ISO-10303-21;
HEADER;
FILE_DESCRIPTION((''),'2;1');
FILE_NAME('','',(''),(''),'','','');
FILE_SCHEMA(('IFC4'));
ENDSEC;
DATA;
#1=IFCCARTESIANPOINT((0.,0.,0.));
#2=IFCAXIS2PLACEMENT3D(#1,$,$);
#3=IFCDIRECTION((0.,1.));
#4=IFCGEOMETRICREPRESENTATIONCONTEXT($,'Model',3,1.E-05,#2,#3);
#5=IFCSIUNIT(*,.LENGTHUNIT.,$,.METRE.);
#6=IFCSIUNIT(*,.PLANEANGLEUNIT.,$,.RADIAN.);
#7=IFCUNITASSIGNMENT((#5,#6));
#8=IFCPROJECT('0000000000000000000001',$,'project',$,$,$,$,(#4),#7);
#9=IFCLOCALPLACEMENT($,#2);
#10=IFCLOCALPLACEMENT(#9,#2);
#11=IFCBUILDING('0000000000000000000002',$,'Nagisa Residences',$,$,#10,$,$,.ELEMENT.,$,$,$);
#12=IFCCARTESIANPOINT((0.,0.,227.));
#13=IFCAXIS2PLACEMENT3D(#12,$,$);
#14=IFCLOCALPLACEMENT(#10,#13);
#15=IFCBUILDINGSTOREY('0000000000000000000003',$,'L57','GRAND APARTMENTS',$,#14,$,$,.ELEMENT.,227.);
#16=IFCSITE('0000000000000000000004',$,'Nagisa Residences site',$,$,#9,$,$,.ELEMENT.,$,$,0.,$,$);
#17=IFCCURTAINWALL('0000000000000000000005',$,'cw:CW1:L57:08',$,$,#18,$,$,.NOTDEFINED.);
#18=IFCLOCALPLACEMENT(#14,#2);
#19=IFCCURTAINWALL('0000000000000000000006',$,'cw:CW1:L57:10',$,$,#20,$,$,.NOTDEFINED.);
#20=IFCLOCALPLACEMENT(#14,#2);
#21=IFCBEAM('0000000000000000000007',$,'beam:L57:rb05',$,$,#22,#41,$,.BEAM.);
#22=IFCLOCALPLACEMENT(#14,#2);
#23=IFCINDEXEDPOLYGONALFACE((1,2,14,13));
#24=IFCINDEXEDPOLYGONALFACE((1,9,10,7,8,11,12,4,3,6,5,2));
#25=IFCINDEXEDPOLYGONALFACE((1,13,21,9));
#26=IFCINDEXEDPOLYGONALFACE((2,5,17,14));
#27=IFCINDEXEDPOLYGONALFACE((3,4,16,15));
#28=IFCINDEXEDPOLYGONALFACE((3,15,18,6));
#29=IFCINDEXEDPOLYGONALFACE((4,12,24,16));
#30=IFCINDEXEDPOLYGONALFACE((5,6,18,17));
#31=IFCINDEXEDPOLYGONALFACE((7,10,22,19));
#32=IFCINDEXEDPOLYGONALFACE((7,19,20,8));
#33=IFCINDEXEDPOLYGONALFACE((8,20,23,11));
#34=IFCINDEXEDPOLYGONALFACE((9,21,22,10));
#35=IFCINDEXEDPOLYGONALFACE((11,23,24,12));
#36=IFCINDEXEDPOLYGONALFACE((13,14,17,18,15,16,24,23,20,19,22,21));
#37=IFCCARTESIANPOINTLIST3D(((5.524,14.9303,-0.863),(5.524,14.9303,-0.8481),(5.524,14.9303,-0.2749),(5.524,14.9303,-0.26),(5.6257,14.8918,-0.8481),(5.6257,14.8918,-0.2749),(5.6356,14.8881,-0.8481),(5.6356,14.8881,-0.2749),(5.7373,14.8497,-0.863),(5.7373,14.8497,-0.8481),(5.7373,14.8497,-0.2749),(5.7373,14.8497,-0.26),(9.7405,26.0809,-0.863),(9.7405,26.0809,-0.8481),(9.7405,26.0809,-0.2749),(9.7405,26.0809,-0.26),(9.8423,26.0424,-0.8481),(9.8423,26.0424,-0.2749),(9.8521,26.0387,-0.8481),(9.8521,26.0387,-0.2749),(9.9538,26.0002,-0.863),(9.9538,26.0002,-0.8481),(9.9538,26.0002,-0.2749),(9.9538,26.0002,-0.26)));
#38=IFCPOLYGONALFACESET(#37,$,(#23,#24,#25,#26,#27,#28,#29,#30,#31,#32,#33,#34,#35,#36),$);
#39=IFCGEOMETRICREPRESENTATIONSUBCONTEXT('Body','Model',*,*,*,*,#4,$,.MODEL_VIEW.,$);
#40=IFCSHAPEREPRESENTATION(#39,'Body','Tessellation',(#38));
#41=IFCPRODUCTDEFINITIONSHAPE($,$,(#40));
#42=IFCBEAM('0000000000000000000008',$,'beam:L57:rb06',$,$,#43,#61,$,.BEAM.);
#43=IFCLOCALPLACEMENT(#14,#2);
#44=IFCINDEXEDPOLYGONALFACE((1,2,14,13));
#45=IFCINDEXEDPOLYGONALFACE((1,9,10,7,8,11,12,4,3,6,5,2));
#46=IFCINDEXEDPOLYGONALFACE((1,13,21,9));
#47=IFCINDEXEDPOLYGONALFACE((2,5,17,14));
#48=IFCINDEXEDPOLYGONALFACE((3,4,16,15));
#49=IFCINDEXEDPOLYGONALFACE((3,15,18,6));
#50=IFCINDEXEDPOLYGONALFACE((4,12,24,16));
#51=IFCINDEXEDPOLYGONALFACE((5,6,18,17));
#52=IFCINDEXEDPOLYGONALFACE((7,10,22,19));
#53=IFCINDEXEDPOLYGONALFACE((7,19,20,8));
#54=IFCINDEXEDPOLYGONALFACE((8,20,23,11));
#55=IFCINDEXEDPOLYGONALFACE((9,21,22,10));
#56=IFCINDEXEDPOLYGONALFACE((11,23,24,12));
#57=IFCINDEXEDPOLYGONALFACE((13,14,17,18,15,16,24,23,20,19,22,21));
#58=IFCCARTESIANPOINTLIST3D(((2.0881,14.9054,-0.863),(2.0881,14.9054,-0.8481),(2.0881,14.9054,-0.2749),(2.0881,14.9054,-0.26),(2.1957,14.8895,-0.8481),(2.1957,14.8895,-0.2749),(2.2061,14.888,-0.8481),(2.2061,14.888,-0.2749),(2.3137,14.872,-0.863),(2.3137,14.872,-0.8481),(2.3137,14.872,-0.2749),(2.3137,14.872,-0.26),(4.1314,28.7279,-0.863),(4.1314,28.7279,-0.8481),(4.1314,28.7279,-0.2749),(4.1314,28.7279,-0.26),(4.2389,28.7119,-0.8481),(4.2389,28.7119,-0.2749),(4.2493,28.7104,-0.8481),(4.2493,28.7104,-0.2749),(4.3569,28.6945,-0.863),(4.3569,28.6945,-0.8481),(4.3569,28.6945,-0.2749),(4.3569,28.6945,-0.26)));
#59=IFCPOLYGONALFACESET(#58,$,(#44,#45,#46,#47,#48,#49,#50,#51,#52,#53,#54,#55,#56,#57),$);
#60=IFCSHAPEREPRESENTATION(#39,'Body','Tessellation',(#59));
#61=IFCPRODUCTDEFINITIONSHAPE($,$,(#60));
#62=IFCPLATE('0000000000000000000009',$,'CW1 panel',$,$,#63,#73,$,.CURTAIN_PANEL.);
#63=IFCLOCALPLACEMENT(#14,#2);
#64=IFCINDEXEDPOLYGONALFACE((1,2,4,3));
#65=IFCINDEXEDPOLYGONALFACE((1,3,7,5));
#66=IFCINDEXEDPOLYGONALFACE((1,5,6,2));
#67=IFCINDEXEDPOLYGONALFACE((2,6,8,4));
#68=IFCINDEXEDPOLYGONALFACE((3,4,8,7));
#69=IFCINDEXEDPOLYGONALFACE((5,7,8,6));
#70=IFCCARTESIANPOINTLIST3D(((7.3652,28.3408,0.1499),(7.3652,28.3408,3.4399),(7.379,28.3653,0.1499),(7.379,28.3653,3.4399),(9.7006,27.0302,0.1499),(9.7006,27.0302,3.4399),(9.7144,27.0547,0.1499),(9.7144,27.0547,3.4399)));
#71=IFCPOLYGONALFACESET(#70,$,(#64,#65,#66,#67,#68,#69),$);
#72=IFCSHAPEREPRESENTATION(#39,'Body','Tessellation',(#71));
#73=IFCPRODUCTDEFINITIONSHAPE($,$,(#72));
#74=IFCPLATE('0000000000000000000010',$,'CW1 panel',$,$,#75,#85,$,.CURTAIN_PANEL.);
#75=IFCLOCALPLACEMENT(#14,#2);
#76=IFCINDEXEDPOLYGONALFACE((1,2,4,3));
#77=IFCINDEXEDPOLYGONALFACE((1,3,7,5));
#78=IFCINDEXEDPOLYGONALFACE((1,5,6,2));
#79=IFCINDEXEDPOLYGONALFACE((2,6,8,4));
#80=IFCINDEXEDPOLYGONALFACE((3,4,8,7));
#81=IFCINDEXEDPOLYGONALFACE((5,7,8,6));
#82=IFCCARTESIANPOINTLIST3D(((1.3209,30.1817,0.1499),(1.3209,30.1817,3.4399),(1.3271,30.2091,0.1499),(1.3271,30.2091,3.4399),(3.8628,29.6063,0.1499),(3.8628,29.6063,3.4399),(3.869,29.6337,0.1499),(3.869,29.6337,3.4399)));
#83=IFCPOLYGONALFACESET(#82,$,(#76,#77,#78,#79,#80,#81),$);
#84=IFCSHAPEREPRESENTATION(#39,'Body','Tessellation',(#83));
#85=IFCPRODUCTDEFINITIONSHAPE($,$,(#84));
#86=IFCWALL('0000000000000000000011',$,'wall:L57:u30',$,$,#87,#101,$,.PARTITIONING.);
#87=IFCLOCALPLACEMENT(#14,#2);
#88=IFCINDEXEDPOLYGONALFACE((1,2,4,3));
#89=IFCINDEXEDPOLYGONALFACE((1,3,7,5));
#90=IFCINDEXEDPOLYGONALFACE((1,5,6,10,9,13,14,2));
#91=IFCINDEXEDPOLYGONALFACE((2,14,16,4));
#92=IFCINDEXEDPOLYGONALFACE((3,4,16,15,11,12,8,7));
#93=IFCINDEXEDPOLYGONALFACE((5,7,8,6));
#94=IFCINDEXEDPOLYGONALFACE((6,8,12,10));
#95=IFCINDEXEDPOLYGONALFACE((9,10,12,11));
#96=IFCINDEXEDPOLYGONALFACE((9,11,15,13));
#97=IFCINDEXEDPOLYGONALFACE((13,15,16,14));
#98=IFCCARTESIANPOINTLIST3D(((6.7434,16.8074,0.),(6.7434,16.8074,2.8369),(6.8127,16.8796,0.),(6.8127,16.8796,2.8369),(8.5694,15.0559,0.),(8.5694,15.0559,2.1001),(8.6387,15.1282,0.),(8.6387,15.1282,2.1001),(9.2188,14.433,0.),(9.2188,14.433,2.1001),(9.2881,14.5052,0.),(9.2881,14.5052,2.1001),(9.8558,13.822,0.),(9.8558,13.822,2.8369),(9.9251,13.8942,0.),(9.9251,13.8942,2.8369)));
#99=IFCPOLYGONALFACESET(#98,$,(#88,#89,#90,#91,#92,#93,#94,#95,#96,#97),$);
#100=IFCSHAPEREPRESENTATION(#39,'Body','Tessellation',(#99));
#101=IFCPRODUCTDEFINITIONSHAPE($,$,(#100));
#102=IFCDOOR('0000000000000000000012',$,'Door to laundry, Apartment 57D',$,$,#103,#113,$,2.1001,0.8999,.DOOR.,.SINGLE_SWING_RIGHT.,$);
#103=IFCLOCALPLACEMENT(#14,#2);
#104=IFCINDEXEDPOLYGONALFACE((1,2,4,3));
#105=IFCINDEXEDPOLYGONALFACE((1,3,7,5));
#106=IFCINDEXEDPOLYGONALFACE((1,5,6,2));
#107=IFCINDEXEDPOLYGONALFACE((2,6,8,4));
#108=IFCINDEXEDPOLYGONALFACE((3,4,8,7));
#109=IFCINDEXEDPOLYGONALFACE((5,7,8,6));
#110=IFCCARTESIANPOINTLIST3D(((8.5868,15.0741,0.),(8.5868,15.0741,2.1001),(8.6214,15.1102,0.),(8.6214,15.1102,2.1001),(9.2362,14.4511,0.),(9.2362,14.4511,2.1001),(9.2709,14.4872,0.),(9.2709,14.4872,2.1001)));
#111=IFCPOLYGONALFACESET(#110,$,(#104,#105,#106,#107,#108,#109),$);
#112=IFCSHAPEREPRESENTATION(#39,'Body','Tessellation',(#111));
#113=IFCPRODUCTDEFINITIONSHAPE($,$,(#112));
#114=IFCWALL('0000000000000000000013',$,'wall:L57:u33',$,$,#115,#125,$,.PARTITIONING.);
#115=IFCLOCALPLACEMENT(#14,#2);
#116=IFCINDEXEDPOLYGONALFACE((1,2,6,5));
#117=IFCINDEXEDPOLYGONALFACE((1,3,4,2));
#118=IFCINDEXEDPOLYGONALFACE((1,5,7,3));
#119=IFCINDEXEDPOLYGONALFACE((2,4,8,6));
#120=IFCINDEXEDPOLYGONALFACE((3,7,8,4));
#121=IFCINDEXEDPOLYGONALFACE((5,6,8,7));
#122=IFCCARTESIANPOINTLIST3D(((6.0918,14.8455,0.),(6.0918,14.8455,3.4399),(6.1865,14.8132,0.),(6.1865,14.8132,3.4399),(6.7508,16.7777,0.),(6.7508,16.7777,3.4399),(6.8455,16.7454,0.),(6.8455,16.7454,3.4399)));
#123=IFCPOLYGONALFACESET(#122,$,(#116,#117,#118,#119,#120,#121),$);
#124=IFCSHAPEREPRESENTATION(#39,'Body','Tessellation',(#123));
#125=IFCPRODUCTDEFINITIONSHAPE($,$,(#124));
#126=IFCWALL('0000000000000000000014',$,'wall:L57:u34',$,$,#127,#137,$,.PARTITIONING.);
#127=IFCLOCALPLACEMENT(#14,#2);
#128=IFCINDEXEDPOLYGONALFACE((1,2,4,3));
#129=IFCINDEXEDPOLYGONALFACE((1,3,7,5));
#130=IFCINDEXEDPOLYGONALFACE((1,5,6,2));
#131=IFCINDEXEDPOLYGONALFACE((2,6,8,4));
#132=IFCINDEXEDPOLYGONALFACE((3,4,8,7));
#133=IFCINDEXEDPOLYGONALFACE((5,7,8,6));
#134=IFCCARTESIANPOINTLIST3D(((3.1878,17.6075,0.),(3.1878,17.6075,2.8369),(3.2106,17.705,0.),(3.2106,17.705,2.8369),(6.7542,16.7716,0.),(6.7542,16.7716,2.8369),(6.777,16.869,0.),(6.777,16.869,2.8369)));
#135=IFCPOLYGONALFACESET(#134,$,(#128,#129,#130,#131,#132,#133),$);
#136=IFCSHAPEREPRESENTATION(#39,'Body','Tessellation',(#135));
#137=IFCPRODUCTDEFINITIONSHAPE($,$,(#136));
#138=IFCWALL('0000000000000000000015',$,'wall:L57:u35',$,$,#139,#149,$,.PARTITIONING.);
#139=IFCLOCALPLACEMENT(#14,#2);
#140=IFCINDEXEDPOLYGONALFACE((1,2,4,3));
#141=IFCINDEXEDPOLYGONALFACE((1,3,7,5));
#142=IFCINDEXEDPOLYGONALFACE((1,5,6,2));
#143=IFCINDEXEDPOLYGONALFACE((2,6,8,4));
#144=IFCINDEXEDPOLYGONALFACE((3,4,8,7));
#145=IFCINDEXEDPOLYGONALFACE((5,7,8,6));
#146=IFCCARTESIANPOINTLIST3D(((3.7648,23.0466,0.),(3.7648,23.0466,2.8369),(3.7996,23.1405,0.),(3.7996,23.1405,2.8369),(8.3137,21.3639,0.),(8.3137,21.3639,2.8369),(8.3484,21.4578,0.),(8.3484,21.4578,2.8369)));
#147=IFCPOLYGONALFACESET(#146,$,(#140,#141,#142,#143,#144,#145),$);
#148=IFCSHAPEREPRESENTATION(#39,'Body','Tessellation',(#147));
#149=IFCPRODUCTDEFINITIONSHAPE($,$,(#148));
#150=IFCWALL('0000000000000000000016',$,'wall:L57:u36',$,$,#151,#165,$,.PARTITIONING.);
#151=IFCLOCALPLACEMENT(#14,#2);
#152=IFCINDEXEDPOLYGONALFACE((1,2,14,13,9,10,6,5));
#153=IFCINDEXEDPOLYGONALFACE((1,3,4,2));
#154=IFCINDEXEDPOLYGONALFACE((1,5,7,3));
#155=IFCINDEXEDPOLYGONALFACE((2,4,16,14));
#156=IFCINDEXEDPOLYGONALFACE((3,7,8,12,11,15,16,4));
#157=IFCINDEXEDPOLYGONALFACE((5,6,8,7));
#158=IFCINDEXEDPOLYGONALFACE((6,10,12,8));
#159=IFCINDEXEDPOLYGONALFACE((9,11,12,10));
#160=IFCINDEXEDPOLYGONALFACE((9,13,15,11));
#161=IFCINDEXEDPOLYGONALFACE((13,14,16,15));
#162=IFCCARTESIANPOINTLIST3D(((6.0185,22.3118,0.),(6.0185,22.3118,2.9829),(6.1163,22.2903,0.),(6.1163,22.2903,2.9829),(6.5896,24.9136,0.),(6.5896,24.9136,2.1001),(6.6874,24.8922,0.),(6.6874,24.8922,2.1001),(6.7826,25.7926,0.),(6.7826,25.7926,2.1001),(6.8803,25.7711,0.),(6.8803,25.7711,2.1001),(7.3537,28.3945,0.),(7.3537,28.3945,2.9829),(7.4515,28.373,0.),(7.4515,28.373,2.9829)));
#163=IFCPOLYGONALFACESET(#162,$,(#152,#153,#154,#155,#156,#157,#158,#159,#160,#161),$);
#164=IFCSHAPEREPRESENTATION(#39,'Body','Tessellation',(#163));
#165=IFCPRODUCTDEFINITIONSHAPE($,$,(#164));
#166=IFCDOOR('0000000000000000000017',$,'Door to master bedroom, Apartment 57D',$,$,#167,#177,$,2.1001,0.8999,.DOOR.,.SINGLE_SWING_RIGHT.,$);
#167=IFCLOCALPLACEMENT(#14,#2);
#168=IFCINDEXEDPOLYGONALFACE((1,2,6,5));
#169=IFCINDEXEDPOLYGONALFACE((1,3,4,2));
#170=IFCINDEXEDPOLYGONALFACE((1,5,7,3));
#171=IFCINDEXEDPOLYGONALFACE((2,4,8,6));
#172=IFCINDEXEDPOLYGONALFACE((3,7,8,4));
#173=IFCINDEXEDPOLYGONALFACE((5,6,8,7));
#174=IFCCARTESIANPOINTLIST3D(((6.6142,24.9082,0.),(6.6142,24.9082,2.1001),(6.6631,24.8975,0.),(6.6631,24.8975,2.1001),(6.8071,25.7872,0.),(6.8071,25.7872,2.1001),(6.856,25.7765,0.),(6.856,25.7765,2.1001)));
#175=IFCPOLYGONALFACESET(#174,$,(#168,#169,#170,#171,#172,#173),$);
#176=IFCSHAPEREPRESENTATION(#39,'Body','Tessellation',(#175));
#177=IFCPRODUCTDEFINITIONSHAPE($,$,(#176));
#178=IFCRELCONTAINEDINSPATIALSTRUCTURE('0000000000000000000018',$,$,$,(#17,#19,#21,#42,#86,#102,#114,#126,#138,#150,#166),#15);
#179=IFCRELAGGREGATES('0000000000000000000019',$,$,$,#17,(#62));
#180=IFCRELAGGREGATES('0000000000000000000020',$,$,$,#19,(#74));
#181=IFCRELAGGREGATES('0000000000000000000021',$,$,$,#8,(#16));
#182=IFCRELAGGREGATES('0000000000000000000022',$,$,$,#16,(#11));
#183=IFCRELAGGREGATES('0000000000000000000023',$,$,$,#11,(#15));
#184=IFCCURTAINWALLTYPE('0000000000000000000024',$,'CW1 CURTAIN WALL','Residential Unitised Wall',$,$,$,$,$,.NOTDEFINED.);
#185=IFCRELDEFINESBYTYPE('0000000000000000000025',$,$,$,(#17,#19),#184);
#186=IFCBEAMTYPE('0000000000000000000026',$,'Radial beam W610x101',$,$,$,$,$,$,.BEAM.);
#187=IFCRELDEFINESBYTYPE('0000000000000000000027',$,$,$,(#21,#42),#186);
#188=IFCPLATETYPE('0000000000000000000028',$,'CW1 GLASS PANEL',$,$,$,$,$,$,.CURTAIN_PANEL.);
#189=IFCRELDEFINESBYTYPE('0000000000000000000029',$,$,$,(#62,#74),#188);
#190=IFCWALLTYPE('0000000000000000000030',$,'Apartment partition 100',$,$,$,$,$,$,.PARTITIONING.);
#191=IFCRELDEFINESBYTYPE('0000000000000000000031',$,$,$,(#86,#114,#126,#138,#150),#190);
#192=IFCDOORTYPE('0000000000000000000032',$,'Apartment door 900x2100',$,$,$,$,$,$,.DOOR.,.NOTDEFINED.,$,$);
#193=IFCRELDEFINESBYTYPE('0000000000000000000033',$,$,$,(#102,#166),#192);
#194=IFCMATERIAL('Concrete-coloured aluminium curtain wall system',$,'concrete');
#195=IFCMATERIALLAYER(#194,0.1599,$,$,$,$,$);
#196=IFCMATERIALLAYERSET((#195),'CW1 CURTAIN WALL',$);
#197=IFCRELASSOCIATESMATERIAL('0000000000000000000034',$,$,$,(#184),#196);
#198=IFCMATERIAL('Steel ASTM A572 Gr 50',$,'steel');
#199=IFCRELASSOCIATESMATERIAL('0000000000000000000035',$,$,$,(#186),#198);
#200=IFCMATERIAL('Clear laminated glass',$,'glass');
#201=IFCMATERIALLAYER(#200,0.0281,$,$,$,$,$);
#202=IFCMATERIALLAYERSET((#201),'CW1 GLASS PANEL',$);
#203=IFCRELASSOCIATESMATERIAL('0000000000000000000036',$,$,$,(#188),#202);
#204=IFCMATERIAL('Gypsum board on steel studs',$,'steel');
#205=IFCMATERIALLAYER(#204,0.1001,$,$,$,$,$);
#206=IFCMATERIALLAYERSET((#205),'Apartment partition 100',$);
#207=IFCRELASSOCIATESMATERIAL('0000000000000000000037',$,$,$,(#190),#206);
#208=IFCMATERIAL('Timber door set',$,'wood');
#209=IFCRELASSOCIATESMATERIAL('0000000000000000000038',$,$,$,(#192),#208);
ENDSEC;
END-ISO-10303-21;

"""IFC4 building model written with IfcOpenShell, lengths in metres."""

from ifc_helpers import new_model, si_unit, direction, frame, frame_2d, origin, origin_2d, place, context, subcontext, project, spatial, rectangle, i_section, extrude, material, layer, layer_set, material_profile, profile_set, type_object, element, fill, aggregate, save


model = new_model("IFC4")

# Units and contexts
model_context = context("Model", 3, precision=1e-05, world=origin(), true_north=direction((0.0, 1.0)))
body_context = subcontext(model_context, "Body", "Model", "MODEL_VIEW")
ifc_project = project(units=[si_unit("LENGTHUNIT", "METRE"), si_unit("PLANEANGLEUNIT", "RADIAN")], contexts=[model_context])

# Site, building, storey
site_placement = place(None, origin())
site = spatial("IfcSite", under=ifc_project, at=site_placement, Name="Nagisa Residences site", CompositionType="ELEMENT", RefElevation=0.0)
building_placement = place(site_placement, origin())
building = spatial("IfcBuilding", under=site, at=building_placement, Name="Nagisa Residences", CompositionType="ELEMENT")
storey_placement = place(building_placement, frame((0.0, 0.0, 227.0)))
storey = spatial("IfcBuildingStorey", under=building, at=storey_placement, Name="L57", Description="GRAND APARTMENTS", CompositionType="ELEMENT", Elevation=227.0)

# Curtain walls
ifc_material_1 = material(Name="Concrete-coloured aluminium curtain wall system", Category="concrete")
ifc_layer_1 = layer(ifc_material_1, 0.1599)
ifc_layer_set_1 = layer_set([ifc_layer_1], Name="CW1 CURTAIN WALL")
curtain_wall_type = type_object("IfcCurtainWallType", Name="CW1 CURTAIN WALL", Description="Residential Unitised Wall", PredefinedType="NOTDEFINED", material=ifc_layer_set_1)
curtain_wall_1_placement = place(storey_placement, origin())
curtain_wall_1 = element("IfcCurtainWall", 1, at=curtain_wall_1_placement, inside=storey, type_object=curtain_wall_type, Name="cw:CW1:L57:08", PredefinedType="NOTDEFINED")
curtain_wall_2_placement = place(storey_placement, origin())
curtain_wall_2 = element("IfcCurtainWall", 2, at=curtain_wall_2_placement, inside=storey, type_object=curtain_wall_type, Name="cw:CW1:L57:10", PredefinedType="NOTDEFINED")

# Beams
ifc_material_2 = material(Name="Steel ASTM A572 Gr 50", Category="steel")
ifc_material_profile_1 = material_profile(ifc_material_2, i_section(OverallWidth=0.228, OverallDepth=0.603, WebThickness=0.0105, FlangeThickness=0.0149, at=origin_2d()), Name="W610x101")
ifc_profile_set_1 = profile_set([ifc_material_profile_1], Name="Steel ASTM A572 Gr 50")
beam_type_1 = type_object("IfcBeamType", Name="Radial beam W610x101", PredefinedType="BEAM", material=ifc_profile_set_1)
beam_1_placement = place(storey_placement, frame((9.8472, 26.0405, -0.5615), z_axis=(-0.353701, -0.935359, 0.0), x_axis=(0.935359, -0.353701, 0.0)))
element("IfcBeam", 3, at=beam_1_placement, inside=storey, type_object=beam_type_1, Name="beam:L57:rb05", PredefinedType="BEAM", context=body_context, shape_type="SweptSolid", body=[
    extrude(i_section(OverallWidth=0.228, OverallDepth=0.603, WebThickness=0.0105, FlangeThickness=0.0149, at=origin_2d()), origin(), (0.0, 0.0, 1.0), 11.9211),
])
beam_2_placement = place(storey_placement, frame((4.2441, 28.7112, -0.5615), z_axis=(-0.146229, -0.989251, 0.0), x_axis=(0.989251, -0.146229, 0.0)))
element("IfcBeam", 4, at=beam_2_placement, inside=storey, type_object=beam_type_1, Name="beam:L57:rb06", PredefinedType="BEAM", context=body_context, shape_type="SweptSolid", body=[
    extrude(i_section(OverallWidth=0.228, OverallDepth=0.603, WebThickness=0.0105, FlangeThickness=0.0149, at=origin_2d()), origin(), (0.0, 0.0, 1.0), 13.9727),
])

# Plates
ifc_material_3 = material(Name="Clear laminated glass", Category="glass")
ifc_layer_2 = layer(ifc_material_3, 0.0281)
ifc_layer_set_2 = layer_set([ifc_layer_2], Name="CW1 GLASS PANEL")
plate_type = type_object("IfcPlateType", Name="CW1 GLASS PANEL", PredefinedType="CURTAIN_PANEL", material=ifc_layer_set_2)
plate_1_placement = place(storey_placement, frame((8.5398, 27.6978, 0.1499), z_axis=(0.0, 0.0, 1.0), x_axis=(-0.872072, 0.489377, 0.0)))
plate_1 = element("IfcPlate", 5, at=plate_1_placement, type_object=plate_type, Name="CW1 panel", PredefinedType="CURTAIN_PANEL", context=body_context, shape_type="SweptSolid", body=[
    extrude(rectangle(XDim=2.678, YDim=0.0281, at=origin_2d()), origin(), (0.0, 0.0, 1.0), 3.29),
])
aggregate(curtain_wall_1, [plate_1])
plate_2_placement = place(storey_placement, frame((2.595, 29.9077, 0.1499), z_axis=(0.0, 0.0, 1.0), x_axis=(-0.975327, 0.220764, 0.0)))
plate_2 = element("IfcPlate", 6, at=plate_2_placement, type_object=plate_type, Name="CW1 panel", PredefinedType="CURTAIN_PANEL", context=body_context, shape_type="SweptSolid", body=[
    extrude(rectangle(XDim=2.6062, YDim=0.0281, at=origin_2d()), origin(), (0.0, 0.0, 1.0), 3.29),
])
aggregate(curtain_wall_2, [plate_2])

# Wall, opening, door
ifc_material_4 = material(Name="Gypsum board on steel studs", Category="steel")
ifc_layer_3 = layer(ifc_material_4, 0.1001)
ifc_layer_set_3 = layer_set([ifc_layer_3], Name="Apartment partition 100")
wall_type_1 = type_object("IfcWallType", Name="Apartment partition 100", PredefinedType="PARTITIONING", material=ifc_layer_set_3)
wall_1_placement = place(storey_placement, frame((9.8904, 13.8582, 0.0), z_axis=(0.0, 0.0, 1.0), x_axis=(-0.721672, 0.692235, 0.0)))
wall_1 = element("IfcWall", 7, at=wall_1_placement, inside=storey, type_object=wall_type_1, Name="wall:L57:u30", PredefinedType="PARTITIONING", context=body_context, shape_type="SweptSolid", body=[
    extrude(rectangle(XDim=4.3127, YDim=0.1001, at=frame_2d((2.1562, 0.0))), origin(), (0.0, 0.0, 1.0), 2.8369),
])
opening_1_placement = place(wall_1_placement, frame((0.8826, 0.0, 0.0)))
opening_1 = element("IfcOpeningElement", 8, at=opening_1_placement, cuts=wall_1, PredefinedType="OPENING", context=body_context, shape_type="SweptSolid", body=[
    extrude(rectangle(XDim=0.8999, YDim=2.1001, at=frame_2d((0.45, 1.05))), frame((0.0, 0.0601, 0.0), z_axis=(0.0, -1.0, 0.0), x_axis=(1.0, 0.0, 0.0)), (0.0, 0.0, 1.0), 0.1201),
])
ifc_material_5 = material(Name="Timber door set", Category="wood")
door_type_1 = type_object("IfcDoorType", Name="Apartment door 900x2100", OperationType="NOTDEFINED", PredefinedType="DOOR", material=ifc_material_5)
door_1_placement = place(opening_1_placement, origin())
door_1 = element("IfcDoor", 9, at=door_1_placement, inside=storey, type_object=door_type_1, Name="Door to laundry, Apartment 57D", OperationType="SINGLE_SWING_RIGHT", OverallHeight=2.1001, OverallWidth=0.8999, PredefinedType="DOOR", context=body_context, shape_type="SweptSolid", body=[
    extrude(rectangle(XDim=0.8999, YDim=2.1001, at=frame_2d((0.45, 1.05))), frame((0.0, 0.0249, 0.0), z_axis=(0.0, -1.0, 0.0), x_axis=(1.0, 0.0, 0.0)), (0.0, 0.0, 1.0), 0.05),
])
fill(opening_1, door_1)

# Walls
wall_2_placement = place(storey_placement, frame((6.1392, 14.8293, 0.0), z_axis=(0.0, 0.0, 1.0), x_axis=(0.322786, 0.946472, 0.0)))
element("IfcWall", 10, at=wall_2_placement, inside=storey, type_object=wall_type_1, Name="wall:L57:u33", PredefinedType="PARTITIONING", context=body_context, shape_type="SweptSolid", body=[
    extrude(rectangle(XDim=2.0415, YDim=0.1001, at=frame_2d((1.0208, 0.0))), origin(), (0.0, 0.0, 1.0), 3.4399),
])
wall_3_placement = place(storey_placement, frame((6.7656, 16.8203, 0.0), z_axis=(0.0, 0.0, 1.0), x_axis=(-0.973613, 0.228207, 0.0)))
element("IfcWall", 11, at=wall_3_placement, inside=storey, type_object=wall_type_1, Name="wall:L57:u34", PredefinedType="PARTITIONING", context=body_context, shape_type="SweptSolid", body=[
    extrude(rectangle(XDim=3.6631, YDim=0.1001, at=frame_2d((1.8315, 0.0))), origin(), (0.0, 0.0, 1.0), 2.8369),
])
wall_4_placement = place(storey_placement, frame((8.3311, 21.4109, 0.0), z_axis=(0.0, 0.0, 1.0), x_axis=(-0.937892, 0.346927, 0.0)))
element("IfcWall", 12, at=wall_4_placement, inside=storey, type_object=wall_type_1, Name="wall:L57:u35", PredefinedType="PARTITIONING", context=body_context, shape_type="SweptSolid", body=[
    extrude(rectangle(XDim=4.8501, YDim=0.1001, at=frame_2d((2.425, 0.0))), origin(), (0.0, 0.0, 1.0), 2.8369),
])

# Wall, opening, door
wall_5_placement = place(storey_placement, frame((6.0674, 22.301, 0.0), z_axis=(0.0, 0.0, 1.0), x_axis=(0.214402, 0.976746, 0.0)))
wall_5 = element("IfcWall", 13, at=wall_5_placement, inside=storey, type_object=wall_type_1, Name="wall:L57:u36", PredefinedType="PARTITIONING", context=body_context, shape_type="SweptSolid", body=[
    extrude(rectangle(XDim=6.2275, YDim=0.1001, at=frame_2d((3.1138, 0.0))), origin(), (0.0, 0.0, 1.0), 2.9829),
])
opening_2_placement = place(wall_5_placement, frame((2.6638, 0.0, 0.0)))
opening_2 = element("IfcOpeningElement", 14, at=opening_2_placement, cuts=wall_5, PredefinedType="OPENING", context=body_context, shape_type="SweptSolid", body=[
    extrude(rectangle(XDim=0.8999, YDim=2.1001, at=frame_2d((0.45, 1.05))), frame((0.0, 0.0601, 0.0), z_axis=(0.0, -1.0, 0.0), x_axis=(1.0, 0.0, 0.0)), (0.0, 0.0, 1.0), 0.1201),
])
door_2_placement = place(opening_2_placement, origin())
door_2 = element("IfcDoor", 15, at=door_2_placement, inside=storey, type_object=door_type_1, Name="Door to master bedroom, Apartment 57D", OperationType="SINGLE_SWING_RIGHT", OverallHeight=2.1001, OverallWidth=0.8999, PredefinedType="DOOR", context=body_context, shape_type="SweptSolid", body=[
    extrude(rectangle(XDim=0.8999, YDim=2.1001, at=frame_2d((0.45, 1.05))), frame((0.0, 0.0249, 0.0), z_axis=(0.0, -1.0, 0.0), x_axis=(1.0, 0.0, 0.0)), (0.0, 0.0, 1.0), 0.05),
])
fill(opening_2, door_2)

save(model, "model.ifc")
